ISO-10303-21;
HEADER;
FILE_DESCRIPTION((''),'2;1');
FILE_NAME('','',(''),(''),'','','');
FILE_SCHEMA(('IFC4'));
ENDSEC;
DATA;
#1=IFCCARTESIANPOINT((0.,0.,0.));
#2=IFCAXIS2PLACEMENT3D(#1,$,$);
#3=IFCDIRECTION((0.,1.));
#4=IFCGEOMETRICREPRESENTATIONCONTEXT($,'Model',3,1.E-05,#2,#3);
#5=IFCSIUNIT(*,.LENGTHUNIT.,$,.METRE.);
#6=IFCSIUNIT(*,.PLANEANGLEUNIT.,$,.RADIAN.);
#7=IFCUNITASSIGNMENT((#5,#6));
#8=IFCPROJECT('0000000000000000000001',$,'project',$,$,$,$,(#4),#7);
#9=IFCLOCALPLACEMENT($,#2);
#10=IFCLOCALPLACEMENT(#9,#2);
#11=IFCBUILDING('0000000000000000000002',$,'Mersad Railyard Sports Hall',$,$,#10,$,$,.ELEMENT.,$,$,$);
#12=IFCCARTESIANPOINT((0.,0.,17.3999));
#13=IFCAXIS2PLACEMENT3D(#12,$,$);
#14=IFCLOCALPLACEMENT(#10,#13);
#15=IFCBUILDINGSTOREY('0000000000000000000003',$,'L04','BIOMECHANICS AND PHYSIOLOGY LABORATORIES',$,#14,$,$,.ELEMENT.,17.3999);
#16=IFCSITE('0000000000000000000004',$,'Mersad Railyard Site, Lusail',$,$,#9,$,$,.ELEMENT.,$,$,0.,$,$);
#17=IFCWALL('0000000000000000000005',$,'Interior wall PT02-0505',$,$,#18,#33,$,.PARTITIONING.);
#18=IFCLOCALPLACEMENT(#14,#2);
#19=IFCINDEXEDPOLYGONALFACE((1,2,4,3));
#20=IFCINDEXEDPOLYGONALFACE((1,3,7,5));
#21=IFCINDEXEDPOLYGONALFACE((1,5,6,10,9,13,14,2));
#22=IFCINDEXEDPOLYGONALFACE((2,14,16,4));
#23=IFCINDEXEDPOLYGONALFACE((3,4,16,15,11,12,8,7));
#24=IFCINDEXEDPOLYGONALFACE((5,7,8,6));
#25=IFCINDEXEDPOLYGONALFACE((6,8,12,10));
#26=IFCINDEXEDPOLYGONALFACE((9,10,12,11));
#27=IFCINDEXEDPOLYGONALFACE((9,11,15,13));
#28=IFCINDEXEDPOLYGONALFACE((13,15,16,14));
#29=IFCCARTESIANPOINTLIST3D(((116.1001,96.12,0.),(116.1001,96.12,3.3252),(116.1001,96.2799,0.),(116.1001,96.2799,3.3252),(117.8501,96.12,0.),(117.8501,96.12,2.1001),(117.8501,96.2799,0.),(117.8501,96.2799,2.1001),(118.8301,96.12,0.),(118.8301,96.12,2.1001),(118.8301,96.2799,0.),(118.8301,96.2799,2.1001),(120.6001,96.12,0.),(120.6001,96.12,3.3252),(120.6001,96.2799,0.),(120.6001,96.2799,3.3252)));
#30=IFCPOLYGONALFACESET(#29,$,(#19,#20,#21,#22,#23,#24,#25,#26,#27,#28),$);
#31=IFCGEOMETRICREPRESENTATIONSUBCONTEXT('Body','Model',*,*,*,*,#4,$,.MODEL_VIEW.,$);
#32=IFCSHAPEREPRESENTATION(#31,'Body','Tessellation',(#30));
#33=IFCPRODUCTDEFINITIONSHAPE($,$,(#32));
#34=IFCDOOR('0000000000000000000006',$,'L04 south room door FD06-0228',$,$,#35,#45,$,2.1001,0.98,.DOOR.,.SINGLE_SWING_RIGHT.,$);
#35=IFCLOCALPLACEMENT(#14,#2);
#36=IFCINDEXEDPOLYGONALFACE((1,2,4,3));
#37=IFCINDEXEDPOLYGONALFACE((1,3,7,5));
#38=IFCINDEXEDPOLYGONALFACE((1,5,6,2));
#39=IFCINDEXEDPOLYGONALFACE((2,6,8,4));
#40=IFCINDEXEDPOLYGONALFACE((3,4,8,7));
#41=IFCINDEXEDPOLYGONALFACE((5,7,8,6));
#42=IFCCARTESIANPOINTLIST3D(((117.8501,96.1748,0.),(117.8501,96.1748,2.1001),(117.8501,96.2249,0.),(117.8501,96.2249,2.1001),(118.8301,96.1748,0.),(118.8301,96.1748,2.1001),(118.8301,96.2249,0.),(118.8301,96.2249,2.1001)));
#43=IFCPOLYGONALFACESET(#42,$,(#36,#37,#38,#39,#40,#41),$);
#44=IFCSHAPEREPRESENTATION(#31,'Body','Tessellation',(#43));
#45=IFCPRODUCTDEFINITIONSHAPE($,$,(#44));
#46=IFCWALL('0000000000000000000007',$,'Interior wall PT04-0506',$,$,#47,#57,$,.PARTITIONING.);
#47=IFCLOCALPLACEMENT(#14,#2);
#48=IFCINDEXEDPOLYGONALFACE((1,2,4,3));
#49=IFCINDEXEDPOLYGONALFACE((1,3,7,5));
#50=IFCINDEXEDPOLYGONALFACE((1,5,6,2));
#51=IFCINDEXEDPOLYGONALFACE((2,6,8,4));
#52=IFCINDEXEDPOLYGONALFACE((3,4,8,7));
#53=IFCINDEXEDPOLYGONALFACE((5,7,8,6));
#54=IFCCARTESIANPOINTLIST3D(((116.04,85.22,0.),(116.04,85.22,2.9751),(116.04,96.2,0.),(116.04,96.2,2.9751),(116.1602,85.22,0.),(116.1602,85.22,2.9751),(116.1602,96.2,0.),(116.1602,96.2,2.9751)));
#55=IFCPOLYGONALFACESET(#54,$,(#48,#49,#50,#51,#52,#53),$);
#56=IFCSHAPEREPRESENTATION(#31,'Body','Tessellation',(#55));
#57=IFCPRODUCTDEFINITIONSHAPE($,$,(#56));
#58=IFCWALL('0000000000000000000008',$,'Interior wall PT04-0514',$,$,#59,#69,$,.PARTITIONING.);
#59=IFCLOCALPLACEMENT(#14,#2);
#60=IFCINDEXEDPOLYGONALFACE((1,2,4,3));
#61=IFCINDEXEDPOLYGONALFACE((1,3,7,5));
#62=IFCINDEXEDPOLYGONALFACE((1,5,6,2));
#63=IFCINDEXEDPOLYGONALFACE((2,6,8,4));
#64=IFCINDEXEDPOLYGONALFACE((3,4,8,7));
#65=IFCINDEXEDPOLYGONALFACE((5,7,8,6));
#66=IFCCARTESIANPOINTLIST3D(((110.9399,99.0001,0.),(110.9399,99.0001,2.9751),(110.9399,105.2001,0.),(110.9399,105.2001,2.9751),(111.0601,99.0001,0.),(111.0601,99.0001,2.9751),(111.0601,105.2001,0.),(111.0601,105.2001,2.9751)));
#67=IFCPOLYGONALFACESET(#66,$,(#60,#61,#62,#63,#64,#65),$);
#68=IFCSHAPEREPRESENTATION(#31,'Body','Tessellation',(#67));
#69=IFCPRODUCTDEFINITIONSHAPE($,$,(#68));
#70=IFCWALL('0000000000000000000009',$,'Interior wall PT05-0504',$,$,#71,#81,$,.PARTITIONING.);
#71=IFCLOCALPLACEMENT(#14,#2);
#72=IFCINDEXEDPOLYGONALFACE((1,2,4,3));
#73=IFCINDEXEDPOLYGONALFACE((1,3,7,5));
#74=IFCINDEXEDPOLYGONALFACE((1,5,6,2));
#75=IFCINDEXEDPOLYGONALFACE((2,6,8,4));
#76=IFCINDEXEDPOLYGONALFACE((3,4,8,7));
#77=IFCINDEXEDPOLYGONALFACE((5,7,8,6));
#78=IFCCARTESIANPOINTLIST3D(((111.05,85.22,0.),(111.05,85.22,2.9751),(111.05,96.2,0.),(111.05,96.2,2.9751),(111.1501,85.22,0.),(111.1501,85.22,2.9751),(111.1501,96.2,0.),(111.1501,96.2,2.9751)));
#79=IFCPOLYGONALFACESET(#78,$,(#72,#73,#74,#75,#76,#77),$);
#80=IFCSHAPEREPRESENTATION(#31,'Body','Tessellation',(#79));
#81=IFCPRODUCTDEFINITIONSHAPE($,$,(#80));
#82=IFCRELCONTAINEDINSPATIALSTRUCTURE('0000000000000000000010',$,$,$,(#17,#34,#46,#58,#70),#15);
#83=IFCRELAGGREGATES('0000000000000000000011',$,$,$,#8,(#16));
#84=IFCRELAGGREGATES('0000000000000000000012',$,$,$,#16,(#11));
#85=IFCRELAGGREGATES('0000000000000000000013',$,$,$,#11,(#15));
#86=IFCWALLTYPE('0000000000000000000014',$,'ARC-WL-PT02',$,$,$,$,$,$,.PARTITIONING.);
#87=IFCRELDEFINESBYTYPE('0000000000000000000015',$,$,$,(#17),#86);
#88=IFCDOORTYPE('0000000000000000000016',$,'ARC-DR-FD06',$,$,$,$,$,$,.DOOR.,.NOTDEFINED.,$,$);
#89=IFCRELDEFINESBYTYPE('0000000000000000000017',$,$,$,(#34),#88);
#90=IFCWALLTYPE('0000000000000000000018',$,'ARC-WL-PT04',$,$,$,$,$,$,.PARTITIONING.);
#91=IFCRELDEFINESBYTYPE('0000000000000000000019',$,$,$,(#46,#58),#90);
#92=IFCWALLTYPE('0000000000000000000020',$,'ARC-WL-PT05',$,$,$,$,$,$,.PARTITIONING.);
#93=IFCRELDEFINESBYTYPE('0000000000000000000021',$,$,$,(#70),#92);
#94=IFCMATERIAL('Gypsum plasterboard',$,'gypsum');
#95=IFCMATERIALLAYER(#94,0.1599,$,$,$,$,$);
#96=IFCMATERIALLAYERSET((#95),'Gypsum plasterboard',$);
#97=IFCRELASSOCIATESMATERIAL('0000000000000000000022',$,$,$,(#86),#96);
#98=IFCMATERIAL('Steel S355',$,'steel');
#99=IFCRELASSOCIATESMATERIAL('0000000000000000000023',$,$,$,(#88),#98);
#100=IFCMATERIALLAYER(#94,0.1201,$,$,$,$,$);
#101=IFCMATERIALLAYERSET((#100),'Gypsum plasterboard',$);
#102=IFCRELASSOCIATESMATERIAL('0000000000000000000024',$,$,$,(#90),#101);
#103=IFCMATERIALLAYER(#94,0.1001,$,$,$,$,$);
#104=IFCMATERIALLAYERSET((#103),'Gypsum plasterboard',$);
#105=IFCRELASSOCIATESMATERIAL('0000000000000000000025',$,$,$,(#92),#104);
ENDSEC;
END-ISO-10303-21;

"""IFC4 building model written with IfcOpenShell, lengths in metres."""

from ifc_helpers import new_model, si_unit, direction, frame, frame_2d, origin, place, context, subcontext, project, spatial, rectangle, extrude, material, layer, layer_set, type_object, element, fill, save


model = new_model("IFC4")

# Units and contexts
model_context = context("Model", 3, precision=1e-05, world=origin(), true_north=direction((0.0, 1.0)))
body_context = subcontext(model_context, "Body", "Model", "MODEL_VIEW")
ifc_project = project(units=[si_unit("LENGTHUNIT", "METRE"), si_unit("PLANEANGLEUNIT", "RADIAN")], contexts=[model_context])

# Site, building, storey
site_placement = place(None, origin())
site = spatial("IfcSite", under=ifc_project, at=site_placement, Name="Mersad Railyard Site, Lusail", CompositionType="ELEMENT", RefElevation=0.0)
building_placement = place(site_placement, origin())
building = spatial("IfcBuilding", under=site, at=building_placement, Name="Mersad Railyard Sports Hall", CompositionType="ELEMENT")
storey_placement = place(building_placement, frame((0.0, 0.0, 17.3999)))
storey = spatial("IfcBuildingStorey", under=building, at=storey_placement, Name="L04", Description="BIOMECHANICS AND PHYSIOLOGY LABORATORIES", CompositionType="ELEMENT", Elevation=17.3999)

# Shared definitions
ifc_material_1 = material(Name="Steel S355", Category="steel")

# Wall, opening, door
ifc_material_2 = material(Name="Gypsum plasterboard", Category="gypsum")
ifc_layer_1 = layer(ifc_material_2, 0.1599)
ifc_layer_set_1 = layer_set([ifc_layer_1], Name="Gypsum plasterboard")
wall_type_1 = type_object("IfcWallType", Name="ARC-WL-PT02", PredefinedType="PARTITIONING", material=ifc_layer_set_1)
door_type = type_object("IfcDoorType", Name="ARC-DR-FD06", OperationType="NOTDEFINED", PredefinedType="DOOR", material=ifc_material_1)
wall_1_placement = place(storey_placement, frame((116.1001, 96.2, 0.0), z_axis=(0.0, 0.0, 1.0), x_axis=(1.0, 0.0, 0.0)))
wall_1 = element("IfcWall", 1, at=wall_1_placement, inside=storey, type_object=wall_type_1, Name="Interior wall PT02-0505", PredefinedType="PARTITIONING", context=body_context, shape_type="SweptSolid", body=[
    extrude(rectangle(XDim=4.5, YDim=0.1599, at=frame_2d((2.25, 0.0))), origin(), (0.0, 0.0, 1.0), 3.3252),
])
opening_1_placement = place(wall_1_placement, frame((1.75, 0.0, 0.0)))
opening_1 = element("IfcOpeningElement", 2, at=opening_1_placement, cuts=wall_1, PredefinedType="OPENING", context=body_context, shape_type="SweptSolid", body=[
    extrude(rectangle(XDim=0.98, YDim=2.1001, at=frame_2d((0.49, 1.05))), frame((0.0, 0.0898, 0.0), z_axis=(0.0, -1.0, 0.0), x_axis=(1.0, 0.0, 0.0)), (0.0, 0.0, 1.0), 0.1799),
])
door_1_placement = place(opening_1_placement, origin())
door_1 = element("IfcDoor", 3, at=door_1_placement, inside=storey, type_object=door_type, Name="L04 south room door FD06-0228", OperationType="SINGLE_SWING_RIGHT", OverallHeight=2.1001, OverallWidth=0.98, PredefinedType="DOOR", context=body_context, shape_type="SweptSolid", body=[
    extrude(rectangle(XDim=0.98, YDim=2.1001, at=frame_2d((0.49, 1.05))), frame((0.0, 0.0249, 0.0), z_axis=(0.0, -1.0, 0.0), x_axis=(1.0, 0.0, 0.0)), (0.0, 0.0, 1.0), 0.05),
])
fill(opening_1, door_1)

# Walls
ifc_layer_2 = layer(ifc_material_2, 0.1201)
ifc_layer_set_2 = layer_set([ifc_layer_2], Name="Gypsum plasterboard")
wall_type_2 = type_object("IfcWallType", Name="ARC-WL-PT04", PredefinedType="PARTITIONING", material=ifc_layer_set_2)
wall_2_placement = place(storey_placement, frame((116.1001, 85.22, 0.0), z_axis=(0.0, 0.0, 1.0), x_axis=(0.0, 1.0, 0.0)))
element("IfcWall", 4, at=wall_2_placement, inside=storey, type_object=wall_type_2, Name="Interior wall PT04-0506", PredefinedType="PARTITIONING", context=body_context, shape_type="SweptSolid", body=[
    extrude(rectangle(XDim=10.98, YDim=0.1201, at=frame_2d((5.49, 0.0))), origin(), (0.0, 0.0, 1.0), 2.9751),
])
wall_3_placement = place(storey_placement, frame((111.0, 99.0, 0.0), z_axis=(0.0, 0.0, 1.0), x_axis=(0.0, 1.0, 0.0)))
element("IfcWall", 5, at=wall_3_placement, inside=storey, type_object=wall_type_2, Name="Interior wall PT04-0514", PredefinedType="PARTITIONING", context=body_context, shape_type="SweptSolid", body=[
    extrude(rectangle(XDim=6.2, YDim=0.1201, at=frame_2d((3.1001, 0.0))), origin(), (0.0, 0.0, 1.0), 2.9751),
])
ifc_layer_3 = layer(ifc_material_2, 0.1001)
ifc_layer_set_3 = layer_set([ifc_layer_3], Name="Gypsum plasterboard")
wall_type_3 = type_object("IfcWallType", Name="ARC-WL-PT05", PredefinedType="PARTITIONING", material=ifc_layer_set_3)
wall_4_placement = place(storey_placement, frame((111.1001, 85.22, 0.0), z_axis=(0.0, 0.0, 1.0), x_axis=(0.0, 1.0, 0.0)))
element("IfcWall", 6, at=wall_4_placement, inside=storey, type_object=wall_type_3, Name="Interior wall PT05-0504", PredefinedType="PARTITIONING", context=body_context, shape_type="SweptSolid", body=[
    extrude(rectangle(XDim=10.98, YDim=0.1001, at=frame_2d((5.49, 0.0))), origin(), (0.0, 0.0, 1.0), 2.9751),
])

save(model, "model.ifc")
